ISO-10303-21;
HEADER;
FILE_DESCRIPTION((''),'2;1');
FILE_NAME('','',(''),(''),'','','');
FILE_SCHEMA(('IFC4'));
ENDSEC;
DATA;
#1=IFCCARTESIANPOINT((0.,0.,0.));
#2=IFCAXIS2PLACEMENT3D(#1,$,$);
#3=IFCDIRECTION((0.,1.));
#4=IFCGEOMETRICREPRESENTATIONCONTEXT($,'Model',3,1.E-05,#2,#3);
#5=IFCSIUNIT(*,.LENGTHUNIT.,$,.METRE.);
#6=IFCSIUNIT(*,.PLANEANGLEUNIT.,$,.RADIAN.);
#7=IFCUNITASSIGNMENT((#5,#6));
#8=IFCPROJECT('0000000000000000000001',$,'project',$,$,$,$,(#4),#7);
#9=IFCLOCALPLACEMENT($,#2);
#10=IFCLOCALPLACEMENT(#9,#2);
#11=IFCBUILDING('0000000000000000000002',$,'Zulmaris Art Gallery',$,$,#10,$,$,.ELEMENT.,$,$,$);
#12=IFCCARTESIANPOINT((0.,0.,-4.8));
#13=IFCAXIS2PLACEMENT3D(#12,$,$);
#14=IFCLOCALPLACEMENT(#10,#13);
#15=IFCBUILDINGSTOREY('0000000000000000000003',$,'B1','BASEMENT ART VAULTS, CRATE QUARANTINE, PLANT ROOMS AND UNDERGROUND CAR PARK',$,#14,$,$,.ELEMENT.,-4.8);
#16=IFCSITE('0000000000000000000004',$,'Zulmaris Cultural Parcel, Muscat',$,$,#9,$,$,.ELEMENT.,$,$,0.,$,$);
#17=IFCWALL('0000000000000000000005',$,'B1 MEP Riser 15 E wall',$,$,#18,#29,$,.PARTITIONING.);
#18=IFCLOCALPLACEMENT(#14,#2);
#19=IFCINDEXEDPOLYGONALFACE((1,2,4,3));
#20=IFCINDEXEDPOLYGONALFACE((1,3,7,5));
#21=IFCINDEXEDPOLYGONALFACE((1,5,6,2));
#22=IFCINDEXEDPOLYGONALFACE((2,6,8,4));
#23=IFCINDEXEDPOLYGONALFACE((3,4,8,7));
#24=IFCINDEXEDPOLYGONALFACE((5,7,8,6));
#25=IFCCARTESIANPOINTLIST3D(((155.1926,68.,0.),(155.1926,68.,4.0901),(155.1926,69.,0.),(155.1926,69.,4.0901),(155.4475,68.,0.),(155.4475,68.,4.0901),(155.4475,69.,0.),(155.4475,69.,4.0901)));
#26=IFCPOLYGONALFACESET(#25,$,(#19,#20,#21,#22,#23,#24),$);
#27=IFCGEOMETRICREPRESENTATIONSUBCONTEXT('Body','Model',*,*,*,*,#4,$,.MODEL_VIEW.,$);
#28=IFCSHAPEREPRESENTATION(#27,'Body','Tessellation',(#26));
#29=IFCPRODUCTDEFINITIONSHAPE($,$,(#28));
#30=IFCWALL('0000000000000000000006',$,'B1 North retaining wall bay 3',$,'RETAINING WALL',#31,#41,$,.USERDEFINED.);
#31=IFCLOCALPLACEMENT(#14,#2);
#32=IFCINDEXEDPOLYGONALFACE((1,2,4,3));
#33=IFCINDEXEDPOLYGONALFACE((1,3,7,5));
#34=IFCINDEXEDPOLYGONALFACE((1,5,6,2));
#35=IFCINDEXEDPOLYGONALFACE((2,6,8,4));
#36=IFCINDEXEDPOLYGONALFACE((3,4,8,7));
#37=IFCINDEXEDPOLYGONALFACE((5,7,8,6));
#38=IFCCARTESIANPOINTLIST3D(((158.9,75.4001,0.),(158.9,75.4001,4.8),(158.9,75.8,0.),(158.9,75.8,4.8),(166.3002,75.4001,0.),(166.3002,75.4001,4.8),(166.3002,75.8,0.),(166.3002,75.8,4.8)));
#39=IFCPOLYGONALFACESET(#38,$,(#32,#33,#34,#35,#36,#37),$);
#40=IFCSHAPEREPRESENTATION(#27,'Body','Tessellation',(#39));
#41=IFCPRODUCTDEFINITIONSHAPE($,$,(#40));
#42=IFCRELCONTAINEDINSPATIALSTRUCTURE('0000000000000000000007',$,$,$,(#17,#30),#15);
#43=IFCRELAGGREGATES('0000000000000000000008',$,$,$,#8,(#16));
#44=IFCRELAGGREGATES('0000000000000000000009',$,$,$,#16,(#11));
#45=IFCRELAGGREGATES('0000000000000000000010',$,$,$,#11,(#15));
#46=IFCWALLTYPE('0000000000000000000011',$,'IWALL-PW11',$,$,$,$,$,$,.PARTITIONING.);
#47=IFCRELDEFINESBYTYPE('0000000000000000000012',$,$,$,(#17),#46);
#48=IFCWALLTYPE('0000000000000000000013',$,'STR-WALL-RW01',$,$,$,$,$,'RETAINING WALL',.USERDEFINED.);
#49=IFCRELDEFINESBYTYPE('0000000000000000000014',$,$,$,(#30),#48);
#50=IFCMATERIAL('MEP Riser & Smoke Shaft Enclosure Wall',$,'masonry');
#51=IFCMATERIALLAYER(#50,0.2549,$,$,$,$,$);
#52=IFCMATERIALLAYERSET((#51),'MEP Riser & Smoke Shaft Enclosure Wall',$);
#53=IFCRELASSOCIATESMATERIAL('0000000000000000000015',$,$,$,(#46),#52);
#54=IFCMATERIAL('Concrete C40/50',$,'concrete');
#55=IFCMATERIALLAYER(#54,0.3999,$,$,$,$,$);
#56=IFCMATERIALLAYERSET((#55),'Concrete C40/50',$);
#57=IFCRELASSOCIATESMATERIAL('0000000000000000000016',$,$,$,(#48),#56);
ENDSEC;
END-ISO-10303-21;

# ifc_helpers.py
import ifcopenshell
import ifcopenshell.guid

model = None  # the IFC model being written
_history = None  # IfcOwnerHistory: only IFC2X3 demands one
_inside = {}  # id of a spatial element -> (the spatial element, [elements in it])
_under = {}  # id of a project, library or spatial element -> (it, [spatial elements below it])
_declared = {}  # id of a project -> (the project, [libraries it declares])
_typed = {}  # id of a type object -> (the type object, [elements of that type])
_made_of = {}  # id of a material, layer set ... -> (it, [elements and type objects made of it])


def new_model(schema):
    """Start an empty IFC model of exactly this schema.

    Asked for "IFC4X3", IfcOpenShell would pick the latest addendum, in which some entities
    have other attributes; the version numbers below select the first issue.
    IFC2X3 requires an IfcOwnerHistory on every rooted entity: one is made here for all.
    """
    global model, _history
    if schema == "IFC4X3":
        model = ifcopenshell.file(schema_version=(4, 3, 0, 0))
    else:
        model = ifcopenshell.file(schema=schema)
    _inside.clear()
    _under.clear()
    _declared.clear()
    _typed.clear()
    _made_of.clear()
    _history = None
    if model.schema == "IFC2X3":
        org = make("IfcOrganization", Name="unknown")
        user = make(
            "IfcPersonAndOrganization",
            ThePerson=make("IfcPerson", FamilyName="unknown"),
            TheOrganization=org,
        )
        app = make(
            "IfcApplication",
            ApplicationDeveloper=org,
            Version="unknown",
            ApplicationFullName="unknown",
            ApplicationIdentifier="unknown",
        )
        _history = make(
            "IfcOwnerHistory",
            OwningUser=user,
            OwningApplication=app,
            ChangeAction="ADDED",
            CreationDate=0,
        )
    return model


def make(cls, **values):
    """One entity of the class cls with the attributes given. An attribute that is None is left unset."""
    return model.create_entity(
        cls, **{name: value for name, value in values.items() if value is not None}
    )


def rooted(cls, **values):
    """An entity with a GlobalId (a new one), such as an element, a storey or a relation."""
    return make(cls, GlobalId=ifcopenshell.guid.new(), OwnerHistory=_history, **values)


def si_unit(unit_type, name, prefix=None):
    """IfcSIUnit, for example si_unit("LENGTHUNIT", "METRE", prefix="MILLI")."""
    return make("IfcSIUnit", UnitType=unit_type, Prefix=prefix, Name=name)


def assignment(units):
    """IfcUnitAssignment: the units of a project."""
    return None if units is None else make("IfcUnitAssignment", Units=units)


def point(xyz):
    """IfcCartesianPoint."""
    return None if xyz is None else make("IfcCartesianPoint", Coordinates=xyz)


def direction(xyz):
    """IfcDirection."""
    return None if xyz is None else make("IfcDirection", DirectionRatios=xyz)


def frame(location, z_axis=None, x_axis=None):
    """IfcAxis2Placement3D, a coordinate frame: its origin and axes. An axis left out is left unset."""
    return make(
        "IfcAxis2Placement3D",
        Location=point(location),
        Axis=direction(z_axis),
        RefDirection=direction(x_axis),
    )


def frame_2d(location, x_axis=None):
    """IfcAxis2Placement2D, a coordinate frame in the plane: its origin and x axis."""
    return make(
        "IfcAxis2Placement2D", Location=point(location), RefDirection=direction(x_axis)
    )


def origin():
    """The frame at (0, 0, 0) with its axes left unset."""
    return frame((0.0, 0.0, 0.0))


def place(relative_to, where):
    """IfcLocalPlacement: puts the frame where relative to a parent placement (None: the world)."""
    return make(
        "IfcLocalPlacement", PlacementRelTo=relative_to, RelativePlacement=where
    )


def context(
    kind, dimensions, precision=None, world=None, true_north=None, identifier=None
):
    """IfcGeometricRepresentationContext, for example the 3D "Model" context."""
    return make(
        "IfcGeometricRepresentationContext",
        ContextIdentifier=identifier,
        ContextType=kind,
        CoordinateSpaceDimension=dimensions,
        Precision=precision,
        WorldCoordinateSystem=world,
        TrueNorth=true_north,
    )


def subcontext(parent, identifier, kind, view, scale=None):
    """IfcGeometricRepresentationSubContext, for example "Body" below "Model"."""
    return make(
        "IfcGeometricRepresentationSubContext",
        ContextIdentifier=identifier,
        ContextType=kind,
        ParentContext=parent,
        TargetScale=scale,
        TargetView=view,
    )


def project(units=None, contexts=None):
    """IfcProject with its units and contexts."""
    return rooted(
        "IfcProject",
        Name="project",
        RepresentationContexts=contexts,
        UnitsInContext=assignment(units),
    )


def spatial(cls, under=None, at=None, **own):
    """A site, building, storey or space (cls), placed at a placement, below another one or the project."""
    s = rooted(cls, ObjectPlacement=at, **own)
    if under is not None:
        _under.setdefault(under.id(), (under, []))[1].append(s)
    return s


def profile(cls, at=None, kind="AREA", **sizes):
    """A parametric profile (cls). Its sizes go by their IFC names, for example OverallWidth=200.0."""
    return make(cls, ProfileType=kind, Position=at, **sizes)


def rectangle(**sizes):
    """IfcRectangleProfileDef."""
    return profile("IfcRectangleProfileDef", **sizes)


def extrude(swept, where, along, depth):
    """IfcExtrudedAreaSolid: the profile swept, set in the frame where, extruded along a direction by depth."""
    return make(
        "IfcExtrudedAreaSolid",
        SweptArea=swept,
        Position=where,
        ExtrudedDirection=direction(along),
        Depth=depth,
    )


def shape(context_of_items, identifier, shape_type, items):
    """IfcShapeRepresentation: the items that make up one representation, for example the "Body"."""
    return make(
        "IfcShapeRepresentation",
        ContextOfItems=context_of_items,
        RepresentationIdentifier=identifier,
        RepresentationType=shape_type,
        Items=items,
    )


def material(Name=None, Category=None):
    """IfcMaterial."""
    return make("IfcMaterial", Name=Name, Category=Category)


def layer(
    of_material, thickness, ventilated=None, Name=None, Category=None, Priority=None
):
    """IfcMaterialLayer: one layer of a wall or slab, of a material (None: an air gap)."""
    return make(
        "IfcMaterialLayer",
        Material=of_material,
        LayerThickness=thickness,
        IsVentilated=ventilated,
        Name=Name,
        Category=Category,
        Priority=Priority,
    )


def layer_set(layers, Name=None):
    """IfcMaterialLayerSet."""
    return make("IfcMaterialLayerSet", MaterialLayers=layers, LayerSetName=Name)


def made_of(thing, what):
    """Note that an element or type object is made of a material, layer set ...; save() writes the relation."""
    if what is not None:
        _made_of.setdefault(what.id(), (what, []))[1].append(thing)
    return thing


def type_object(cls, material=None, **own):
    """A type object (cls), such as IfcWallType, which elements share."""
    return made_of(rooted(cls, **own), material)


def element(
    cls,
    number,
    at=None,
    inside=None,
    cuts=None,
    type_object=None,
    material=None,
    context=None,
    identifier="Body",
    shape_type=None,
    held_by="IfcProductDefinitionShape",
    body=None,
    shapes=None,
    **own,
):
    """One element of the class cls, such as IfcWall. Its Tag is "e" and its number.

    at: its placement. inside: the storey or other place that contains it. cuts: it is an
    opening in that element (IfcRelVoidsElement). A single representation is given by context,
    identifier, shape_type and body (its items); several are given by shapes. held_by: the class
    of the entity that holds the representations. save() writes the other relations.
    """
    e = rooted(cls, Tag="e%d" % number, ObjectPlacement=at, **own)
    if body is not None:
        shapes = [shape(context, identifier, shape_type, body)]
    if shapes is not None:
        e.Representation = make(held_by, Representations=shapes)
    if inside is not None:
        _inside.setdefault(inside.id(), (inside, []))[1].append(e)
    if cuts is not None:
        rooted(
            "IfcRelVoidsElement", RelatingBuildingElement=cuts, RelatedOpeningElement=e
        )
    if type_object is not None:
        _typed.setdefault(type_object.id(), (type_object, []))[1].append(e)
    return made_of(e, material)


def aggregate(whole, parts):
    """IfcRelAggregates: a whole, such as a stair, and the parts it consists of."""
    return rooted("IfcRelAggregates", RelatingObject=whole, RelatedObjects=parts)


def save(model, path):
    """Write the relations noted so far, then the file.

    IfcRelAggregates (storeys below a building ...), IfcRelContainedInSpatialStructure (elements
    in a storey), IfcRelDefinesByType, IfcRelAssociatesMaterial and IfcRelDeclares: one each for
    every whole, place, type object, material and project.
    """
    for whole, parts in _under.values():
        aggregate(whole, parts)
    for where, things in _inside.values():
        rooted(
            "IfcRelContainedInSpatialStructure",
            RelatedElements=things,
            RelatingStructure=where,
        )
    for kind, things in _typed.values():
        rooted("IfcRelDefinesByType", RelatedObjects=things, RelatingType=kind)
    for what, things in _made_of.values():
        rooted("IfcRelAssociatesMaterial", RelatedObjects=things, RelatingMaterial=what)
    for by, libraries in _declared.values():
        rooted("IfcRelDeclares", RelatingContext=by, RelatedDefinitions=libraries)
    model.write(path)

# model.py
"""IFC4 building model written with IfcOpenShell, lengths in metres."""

from ifc_helpers import new_model, si_unit, direction, frame, frame_2d, origin, place, context, subcontext, project, spatial, rectangle, extrude, material, layer, layer_set, type_object, element, save


model = new_model("IFC4")

# Units and contexts
model_context = context("Model", 3, precision=1e-05, world=origin(), true_north=direction((0.0, 1.0)))
body_context = subcontext(model_context, "Body", "Model", "MODEL_VIEW")
ifc_project = project(units=[si_unit("LENGTHUNIT", "METRE"), si_unit("PLANEANGLEUNIT", "RADIAN")], contexts=[model_context])

# Site, building, storey
site_placement = place(None, origin())
site = spatial("IfcSite", under=ifc_project, at=site_placement, Name="Zulmaris Cultural Parcel, Muscat", CompositionType="ELEMENT", RefElevation=0.0)
building_placement = place(site_placement, origin())
building = spatial("IfcBuilding", under=site, at=building_placement, Name="Zulmaris Art Gallery", CompositionType="ELEMENT")
storey_placement = place(building_placement, frame((0.0, 0.0, -4.8)))
storey = spatial("IfcBuildingStorey", under=building, at=storey_placement, Name="B1", Description="BASEMENT ART VAULTS, CRATE QUARANTINE, PLANT ROOMS AND UNDERGROUND CAR PARK", CompositionType="ELEMENT", Elevation=-4.8)

# Shared definitions
ifc_material_1 = material(Name="Concrete C40/50", Category="concrete")

# Walls
ifc_material_2 = material(Name="MEP Riser & Smoke Shaft Enclosure Wall", Category="masonry")
ifc_layer_1 = layer(ifc_material_2, 0.2549)
ifc_layer_set_1 = layer_set([ifc_layer_1], Name="MEP Riser & Smoke Shaft Enclosure Wall")
wall_type_1 = type_object("IfcWallType", Name="IWALL-PW11", PredefinedType="PARTITIONING", material=ifc_layer_set_1)
wall_1_placement = place(storey_placement, frame((155.3201, 68.0, 0.0), z_axis=(0.0, 0.0, 1.0), x_axis=(0.0, 1.0, 0.0)))
element("IfcWall", 1, at=wall_1_placement, inside=storey, type_object=wall_type_1, Name="B1 MEP Riser 15 E wall", PredefinedType="PARTITIONING", context=body_context, shape_type="SweptSolid", body=[
    extrude(rectangle(XDim=1.0, YDim=0.2549, at=frame_2d((0.5, 0.0))), origin(), (0.0, 0.0, 1.0), 4.0901),
])
ifc_layer_2 = layer(ifc_material_1, 0.3999)
ifc_layer_set_2 = layer_set([ifc_layer_2], Name="Concrete C40/50")
wall_type_2 = type_object("IfcWallType", Name="STR-WALL-RW01", ElementType="RETAINING WALL", PredefinedType="USERDEFINED", material=ifc_layer_set_2)
wall_2_placement = place(storey_placement, frame((158.8999, 75.6001, 0.0), z_axis=(0.0, 0.0, 1.0), x_axis=(1.0, 0.0, 0.0)))
element("IfcWall", 2, at=wall_2_placement, inside=storey, type_object=wall_type_2, Name="B1 North retaining wall bay 3", ObjectType="RETAINING WALL", PredefinedType="USERDEFINED", context=body_context, shape_type="SweptSolid", body=[
    extrude(rectangle(XDim=7.4001, YDim=0.3999, at=frame_2d((3.7002, 0.0))), origin(), (0.0, 0.0, 1.0), 4.8),
])

save(model, "model.ifc")
